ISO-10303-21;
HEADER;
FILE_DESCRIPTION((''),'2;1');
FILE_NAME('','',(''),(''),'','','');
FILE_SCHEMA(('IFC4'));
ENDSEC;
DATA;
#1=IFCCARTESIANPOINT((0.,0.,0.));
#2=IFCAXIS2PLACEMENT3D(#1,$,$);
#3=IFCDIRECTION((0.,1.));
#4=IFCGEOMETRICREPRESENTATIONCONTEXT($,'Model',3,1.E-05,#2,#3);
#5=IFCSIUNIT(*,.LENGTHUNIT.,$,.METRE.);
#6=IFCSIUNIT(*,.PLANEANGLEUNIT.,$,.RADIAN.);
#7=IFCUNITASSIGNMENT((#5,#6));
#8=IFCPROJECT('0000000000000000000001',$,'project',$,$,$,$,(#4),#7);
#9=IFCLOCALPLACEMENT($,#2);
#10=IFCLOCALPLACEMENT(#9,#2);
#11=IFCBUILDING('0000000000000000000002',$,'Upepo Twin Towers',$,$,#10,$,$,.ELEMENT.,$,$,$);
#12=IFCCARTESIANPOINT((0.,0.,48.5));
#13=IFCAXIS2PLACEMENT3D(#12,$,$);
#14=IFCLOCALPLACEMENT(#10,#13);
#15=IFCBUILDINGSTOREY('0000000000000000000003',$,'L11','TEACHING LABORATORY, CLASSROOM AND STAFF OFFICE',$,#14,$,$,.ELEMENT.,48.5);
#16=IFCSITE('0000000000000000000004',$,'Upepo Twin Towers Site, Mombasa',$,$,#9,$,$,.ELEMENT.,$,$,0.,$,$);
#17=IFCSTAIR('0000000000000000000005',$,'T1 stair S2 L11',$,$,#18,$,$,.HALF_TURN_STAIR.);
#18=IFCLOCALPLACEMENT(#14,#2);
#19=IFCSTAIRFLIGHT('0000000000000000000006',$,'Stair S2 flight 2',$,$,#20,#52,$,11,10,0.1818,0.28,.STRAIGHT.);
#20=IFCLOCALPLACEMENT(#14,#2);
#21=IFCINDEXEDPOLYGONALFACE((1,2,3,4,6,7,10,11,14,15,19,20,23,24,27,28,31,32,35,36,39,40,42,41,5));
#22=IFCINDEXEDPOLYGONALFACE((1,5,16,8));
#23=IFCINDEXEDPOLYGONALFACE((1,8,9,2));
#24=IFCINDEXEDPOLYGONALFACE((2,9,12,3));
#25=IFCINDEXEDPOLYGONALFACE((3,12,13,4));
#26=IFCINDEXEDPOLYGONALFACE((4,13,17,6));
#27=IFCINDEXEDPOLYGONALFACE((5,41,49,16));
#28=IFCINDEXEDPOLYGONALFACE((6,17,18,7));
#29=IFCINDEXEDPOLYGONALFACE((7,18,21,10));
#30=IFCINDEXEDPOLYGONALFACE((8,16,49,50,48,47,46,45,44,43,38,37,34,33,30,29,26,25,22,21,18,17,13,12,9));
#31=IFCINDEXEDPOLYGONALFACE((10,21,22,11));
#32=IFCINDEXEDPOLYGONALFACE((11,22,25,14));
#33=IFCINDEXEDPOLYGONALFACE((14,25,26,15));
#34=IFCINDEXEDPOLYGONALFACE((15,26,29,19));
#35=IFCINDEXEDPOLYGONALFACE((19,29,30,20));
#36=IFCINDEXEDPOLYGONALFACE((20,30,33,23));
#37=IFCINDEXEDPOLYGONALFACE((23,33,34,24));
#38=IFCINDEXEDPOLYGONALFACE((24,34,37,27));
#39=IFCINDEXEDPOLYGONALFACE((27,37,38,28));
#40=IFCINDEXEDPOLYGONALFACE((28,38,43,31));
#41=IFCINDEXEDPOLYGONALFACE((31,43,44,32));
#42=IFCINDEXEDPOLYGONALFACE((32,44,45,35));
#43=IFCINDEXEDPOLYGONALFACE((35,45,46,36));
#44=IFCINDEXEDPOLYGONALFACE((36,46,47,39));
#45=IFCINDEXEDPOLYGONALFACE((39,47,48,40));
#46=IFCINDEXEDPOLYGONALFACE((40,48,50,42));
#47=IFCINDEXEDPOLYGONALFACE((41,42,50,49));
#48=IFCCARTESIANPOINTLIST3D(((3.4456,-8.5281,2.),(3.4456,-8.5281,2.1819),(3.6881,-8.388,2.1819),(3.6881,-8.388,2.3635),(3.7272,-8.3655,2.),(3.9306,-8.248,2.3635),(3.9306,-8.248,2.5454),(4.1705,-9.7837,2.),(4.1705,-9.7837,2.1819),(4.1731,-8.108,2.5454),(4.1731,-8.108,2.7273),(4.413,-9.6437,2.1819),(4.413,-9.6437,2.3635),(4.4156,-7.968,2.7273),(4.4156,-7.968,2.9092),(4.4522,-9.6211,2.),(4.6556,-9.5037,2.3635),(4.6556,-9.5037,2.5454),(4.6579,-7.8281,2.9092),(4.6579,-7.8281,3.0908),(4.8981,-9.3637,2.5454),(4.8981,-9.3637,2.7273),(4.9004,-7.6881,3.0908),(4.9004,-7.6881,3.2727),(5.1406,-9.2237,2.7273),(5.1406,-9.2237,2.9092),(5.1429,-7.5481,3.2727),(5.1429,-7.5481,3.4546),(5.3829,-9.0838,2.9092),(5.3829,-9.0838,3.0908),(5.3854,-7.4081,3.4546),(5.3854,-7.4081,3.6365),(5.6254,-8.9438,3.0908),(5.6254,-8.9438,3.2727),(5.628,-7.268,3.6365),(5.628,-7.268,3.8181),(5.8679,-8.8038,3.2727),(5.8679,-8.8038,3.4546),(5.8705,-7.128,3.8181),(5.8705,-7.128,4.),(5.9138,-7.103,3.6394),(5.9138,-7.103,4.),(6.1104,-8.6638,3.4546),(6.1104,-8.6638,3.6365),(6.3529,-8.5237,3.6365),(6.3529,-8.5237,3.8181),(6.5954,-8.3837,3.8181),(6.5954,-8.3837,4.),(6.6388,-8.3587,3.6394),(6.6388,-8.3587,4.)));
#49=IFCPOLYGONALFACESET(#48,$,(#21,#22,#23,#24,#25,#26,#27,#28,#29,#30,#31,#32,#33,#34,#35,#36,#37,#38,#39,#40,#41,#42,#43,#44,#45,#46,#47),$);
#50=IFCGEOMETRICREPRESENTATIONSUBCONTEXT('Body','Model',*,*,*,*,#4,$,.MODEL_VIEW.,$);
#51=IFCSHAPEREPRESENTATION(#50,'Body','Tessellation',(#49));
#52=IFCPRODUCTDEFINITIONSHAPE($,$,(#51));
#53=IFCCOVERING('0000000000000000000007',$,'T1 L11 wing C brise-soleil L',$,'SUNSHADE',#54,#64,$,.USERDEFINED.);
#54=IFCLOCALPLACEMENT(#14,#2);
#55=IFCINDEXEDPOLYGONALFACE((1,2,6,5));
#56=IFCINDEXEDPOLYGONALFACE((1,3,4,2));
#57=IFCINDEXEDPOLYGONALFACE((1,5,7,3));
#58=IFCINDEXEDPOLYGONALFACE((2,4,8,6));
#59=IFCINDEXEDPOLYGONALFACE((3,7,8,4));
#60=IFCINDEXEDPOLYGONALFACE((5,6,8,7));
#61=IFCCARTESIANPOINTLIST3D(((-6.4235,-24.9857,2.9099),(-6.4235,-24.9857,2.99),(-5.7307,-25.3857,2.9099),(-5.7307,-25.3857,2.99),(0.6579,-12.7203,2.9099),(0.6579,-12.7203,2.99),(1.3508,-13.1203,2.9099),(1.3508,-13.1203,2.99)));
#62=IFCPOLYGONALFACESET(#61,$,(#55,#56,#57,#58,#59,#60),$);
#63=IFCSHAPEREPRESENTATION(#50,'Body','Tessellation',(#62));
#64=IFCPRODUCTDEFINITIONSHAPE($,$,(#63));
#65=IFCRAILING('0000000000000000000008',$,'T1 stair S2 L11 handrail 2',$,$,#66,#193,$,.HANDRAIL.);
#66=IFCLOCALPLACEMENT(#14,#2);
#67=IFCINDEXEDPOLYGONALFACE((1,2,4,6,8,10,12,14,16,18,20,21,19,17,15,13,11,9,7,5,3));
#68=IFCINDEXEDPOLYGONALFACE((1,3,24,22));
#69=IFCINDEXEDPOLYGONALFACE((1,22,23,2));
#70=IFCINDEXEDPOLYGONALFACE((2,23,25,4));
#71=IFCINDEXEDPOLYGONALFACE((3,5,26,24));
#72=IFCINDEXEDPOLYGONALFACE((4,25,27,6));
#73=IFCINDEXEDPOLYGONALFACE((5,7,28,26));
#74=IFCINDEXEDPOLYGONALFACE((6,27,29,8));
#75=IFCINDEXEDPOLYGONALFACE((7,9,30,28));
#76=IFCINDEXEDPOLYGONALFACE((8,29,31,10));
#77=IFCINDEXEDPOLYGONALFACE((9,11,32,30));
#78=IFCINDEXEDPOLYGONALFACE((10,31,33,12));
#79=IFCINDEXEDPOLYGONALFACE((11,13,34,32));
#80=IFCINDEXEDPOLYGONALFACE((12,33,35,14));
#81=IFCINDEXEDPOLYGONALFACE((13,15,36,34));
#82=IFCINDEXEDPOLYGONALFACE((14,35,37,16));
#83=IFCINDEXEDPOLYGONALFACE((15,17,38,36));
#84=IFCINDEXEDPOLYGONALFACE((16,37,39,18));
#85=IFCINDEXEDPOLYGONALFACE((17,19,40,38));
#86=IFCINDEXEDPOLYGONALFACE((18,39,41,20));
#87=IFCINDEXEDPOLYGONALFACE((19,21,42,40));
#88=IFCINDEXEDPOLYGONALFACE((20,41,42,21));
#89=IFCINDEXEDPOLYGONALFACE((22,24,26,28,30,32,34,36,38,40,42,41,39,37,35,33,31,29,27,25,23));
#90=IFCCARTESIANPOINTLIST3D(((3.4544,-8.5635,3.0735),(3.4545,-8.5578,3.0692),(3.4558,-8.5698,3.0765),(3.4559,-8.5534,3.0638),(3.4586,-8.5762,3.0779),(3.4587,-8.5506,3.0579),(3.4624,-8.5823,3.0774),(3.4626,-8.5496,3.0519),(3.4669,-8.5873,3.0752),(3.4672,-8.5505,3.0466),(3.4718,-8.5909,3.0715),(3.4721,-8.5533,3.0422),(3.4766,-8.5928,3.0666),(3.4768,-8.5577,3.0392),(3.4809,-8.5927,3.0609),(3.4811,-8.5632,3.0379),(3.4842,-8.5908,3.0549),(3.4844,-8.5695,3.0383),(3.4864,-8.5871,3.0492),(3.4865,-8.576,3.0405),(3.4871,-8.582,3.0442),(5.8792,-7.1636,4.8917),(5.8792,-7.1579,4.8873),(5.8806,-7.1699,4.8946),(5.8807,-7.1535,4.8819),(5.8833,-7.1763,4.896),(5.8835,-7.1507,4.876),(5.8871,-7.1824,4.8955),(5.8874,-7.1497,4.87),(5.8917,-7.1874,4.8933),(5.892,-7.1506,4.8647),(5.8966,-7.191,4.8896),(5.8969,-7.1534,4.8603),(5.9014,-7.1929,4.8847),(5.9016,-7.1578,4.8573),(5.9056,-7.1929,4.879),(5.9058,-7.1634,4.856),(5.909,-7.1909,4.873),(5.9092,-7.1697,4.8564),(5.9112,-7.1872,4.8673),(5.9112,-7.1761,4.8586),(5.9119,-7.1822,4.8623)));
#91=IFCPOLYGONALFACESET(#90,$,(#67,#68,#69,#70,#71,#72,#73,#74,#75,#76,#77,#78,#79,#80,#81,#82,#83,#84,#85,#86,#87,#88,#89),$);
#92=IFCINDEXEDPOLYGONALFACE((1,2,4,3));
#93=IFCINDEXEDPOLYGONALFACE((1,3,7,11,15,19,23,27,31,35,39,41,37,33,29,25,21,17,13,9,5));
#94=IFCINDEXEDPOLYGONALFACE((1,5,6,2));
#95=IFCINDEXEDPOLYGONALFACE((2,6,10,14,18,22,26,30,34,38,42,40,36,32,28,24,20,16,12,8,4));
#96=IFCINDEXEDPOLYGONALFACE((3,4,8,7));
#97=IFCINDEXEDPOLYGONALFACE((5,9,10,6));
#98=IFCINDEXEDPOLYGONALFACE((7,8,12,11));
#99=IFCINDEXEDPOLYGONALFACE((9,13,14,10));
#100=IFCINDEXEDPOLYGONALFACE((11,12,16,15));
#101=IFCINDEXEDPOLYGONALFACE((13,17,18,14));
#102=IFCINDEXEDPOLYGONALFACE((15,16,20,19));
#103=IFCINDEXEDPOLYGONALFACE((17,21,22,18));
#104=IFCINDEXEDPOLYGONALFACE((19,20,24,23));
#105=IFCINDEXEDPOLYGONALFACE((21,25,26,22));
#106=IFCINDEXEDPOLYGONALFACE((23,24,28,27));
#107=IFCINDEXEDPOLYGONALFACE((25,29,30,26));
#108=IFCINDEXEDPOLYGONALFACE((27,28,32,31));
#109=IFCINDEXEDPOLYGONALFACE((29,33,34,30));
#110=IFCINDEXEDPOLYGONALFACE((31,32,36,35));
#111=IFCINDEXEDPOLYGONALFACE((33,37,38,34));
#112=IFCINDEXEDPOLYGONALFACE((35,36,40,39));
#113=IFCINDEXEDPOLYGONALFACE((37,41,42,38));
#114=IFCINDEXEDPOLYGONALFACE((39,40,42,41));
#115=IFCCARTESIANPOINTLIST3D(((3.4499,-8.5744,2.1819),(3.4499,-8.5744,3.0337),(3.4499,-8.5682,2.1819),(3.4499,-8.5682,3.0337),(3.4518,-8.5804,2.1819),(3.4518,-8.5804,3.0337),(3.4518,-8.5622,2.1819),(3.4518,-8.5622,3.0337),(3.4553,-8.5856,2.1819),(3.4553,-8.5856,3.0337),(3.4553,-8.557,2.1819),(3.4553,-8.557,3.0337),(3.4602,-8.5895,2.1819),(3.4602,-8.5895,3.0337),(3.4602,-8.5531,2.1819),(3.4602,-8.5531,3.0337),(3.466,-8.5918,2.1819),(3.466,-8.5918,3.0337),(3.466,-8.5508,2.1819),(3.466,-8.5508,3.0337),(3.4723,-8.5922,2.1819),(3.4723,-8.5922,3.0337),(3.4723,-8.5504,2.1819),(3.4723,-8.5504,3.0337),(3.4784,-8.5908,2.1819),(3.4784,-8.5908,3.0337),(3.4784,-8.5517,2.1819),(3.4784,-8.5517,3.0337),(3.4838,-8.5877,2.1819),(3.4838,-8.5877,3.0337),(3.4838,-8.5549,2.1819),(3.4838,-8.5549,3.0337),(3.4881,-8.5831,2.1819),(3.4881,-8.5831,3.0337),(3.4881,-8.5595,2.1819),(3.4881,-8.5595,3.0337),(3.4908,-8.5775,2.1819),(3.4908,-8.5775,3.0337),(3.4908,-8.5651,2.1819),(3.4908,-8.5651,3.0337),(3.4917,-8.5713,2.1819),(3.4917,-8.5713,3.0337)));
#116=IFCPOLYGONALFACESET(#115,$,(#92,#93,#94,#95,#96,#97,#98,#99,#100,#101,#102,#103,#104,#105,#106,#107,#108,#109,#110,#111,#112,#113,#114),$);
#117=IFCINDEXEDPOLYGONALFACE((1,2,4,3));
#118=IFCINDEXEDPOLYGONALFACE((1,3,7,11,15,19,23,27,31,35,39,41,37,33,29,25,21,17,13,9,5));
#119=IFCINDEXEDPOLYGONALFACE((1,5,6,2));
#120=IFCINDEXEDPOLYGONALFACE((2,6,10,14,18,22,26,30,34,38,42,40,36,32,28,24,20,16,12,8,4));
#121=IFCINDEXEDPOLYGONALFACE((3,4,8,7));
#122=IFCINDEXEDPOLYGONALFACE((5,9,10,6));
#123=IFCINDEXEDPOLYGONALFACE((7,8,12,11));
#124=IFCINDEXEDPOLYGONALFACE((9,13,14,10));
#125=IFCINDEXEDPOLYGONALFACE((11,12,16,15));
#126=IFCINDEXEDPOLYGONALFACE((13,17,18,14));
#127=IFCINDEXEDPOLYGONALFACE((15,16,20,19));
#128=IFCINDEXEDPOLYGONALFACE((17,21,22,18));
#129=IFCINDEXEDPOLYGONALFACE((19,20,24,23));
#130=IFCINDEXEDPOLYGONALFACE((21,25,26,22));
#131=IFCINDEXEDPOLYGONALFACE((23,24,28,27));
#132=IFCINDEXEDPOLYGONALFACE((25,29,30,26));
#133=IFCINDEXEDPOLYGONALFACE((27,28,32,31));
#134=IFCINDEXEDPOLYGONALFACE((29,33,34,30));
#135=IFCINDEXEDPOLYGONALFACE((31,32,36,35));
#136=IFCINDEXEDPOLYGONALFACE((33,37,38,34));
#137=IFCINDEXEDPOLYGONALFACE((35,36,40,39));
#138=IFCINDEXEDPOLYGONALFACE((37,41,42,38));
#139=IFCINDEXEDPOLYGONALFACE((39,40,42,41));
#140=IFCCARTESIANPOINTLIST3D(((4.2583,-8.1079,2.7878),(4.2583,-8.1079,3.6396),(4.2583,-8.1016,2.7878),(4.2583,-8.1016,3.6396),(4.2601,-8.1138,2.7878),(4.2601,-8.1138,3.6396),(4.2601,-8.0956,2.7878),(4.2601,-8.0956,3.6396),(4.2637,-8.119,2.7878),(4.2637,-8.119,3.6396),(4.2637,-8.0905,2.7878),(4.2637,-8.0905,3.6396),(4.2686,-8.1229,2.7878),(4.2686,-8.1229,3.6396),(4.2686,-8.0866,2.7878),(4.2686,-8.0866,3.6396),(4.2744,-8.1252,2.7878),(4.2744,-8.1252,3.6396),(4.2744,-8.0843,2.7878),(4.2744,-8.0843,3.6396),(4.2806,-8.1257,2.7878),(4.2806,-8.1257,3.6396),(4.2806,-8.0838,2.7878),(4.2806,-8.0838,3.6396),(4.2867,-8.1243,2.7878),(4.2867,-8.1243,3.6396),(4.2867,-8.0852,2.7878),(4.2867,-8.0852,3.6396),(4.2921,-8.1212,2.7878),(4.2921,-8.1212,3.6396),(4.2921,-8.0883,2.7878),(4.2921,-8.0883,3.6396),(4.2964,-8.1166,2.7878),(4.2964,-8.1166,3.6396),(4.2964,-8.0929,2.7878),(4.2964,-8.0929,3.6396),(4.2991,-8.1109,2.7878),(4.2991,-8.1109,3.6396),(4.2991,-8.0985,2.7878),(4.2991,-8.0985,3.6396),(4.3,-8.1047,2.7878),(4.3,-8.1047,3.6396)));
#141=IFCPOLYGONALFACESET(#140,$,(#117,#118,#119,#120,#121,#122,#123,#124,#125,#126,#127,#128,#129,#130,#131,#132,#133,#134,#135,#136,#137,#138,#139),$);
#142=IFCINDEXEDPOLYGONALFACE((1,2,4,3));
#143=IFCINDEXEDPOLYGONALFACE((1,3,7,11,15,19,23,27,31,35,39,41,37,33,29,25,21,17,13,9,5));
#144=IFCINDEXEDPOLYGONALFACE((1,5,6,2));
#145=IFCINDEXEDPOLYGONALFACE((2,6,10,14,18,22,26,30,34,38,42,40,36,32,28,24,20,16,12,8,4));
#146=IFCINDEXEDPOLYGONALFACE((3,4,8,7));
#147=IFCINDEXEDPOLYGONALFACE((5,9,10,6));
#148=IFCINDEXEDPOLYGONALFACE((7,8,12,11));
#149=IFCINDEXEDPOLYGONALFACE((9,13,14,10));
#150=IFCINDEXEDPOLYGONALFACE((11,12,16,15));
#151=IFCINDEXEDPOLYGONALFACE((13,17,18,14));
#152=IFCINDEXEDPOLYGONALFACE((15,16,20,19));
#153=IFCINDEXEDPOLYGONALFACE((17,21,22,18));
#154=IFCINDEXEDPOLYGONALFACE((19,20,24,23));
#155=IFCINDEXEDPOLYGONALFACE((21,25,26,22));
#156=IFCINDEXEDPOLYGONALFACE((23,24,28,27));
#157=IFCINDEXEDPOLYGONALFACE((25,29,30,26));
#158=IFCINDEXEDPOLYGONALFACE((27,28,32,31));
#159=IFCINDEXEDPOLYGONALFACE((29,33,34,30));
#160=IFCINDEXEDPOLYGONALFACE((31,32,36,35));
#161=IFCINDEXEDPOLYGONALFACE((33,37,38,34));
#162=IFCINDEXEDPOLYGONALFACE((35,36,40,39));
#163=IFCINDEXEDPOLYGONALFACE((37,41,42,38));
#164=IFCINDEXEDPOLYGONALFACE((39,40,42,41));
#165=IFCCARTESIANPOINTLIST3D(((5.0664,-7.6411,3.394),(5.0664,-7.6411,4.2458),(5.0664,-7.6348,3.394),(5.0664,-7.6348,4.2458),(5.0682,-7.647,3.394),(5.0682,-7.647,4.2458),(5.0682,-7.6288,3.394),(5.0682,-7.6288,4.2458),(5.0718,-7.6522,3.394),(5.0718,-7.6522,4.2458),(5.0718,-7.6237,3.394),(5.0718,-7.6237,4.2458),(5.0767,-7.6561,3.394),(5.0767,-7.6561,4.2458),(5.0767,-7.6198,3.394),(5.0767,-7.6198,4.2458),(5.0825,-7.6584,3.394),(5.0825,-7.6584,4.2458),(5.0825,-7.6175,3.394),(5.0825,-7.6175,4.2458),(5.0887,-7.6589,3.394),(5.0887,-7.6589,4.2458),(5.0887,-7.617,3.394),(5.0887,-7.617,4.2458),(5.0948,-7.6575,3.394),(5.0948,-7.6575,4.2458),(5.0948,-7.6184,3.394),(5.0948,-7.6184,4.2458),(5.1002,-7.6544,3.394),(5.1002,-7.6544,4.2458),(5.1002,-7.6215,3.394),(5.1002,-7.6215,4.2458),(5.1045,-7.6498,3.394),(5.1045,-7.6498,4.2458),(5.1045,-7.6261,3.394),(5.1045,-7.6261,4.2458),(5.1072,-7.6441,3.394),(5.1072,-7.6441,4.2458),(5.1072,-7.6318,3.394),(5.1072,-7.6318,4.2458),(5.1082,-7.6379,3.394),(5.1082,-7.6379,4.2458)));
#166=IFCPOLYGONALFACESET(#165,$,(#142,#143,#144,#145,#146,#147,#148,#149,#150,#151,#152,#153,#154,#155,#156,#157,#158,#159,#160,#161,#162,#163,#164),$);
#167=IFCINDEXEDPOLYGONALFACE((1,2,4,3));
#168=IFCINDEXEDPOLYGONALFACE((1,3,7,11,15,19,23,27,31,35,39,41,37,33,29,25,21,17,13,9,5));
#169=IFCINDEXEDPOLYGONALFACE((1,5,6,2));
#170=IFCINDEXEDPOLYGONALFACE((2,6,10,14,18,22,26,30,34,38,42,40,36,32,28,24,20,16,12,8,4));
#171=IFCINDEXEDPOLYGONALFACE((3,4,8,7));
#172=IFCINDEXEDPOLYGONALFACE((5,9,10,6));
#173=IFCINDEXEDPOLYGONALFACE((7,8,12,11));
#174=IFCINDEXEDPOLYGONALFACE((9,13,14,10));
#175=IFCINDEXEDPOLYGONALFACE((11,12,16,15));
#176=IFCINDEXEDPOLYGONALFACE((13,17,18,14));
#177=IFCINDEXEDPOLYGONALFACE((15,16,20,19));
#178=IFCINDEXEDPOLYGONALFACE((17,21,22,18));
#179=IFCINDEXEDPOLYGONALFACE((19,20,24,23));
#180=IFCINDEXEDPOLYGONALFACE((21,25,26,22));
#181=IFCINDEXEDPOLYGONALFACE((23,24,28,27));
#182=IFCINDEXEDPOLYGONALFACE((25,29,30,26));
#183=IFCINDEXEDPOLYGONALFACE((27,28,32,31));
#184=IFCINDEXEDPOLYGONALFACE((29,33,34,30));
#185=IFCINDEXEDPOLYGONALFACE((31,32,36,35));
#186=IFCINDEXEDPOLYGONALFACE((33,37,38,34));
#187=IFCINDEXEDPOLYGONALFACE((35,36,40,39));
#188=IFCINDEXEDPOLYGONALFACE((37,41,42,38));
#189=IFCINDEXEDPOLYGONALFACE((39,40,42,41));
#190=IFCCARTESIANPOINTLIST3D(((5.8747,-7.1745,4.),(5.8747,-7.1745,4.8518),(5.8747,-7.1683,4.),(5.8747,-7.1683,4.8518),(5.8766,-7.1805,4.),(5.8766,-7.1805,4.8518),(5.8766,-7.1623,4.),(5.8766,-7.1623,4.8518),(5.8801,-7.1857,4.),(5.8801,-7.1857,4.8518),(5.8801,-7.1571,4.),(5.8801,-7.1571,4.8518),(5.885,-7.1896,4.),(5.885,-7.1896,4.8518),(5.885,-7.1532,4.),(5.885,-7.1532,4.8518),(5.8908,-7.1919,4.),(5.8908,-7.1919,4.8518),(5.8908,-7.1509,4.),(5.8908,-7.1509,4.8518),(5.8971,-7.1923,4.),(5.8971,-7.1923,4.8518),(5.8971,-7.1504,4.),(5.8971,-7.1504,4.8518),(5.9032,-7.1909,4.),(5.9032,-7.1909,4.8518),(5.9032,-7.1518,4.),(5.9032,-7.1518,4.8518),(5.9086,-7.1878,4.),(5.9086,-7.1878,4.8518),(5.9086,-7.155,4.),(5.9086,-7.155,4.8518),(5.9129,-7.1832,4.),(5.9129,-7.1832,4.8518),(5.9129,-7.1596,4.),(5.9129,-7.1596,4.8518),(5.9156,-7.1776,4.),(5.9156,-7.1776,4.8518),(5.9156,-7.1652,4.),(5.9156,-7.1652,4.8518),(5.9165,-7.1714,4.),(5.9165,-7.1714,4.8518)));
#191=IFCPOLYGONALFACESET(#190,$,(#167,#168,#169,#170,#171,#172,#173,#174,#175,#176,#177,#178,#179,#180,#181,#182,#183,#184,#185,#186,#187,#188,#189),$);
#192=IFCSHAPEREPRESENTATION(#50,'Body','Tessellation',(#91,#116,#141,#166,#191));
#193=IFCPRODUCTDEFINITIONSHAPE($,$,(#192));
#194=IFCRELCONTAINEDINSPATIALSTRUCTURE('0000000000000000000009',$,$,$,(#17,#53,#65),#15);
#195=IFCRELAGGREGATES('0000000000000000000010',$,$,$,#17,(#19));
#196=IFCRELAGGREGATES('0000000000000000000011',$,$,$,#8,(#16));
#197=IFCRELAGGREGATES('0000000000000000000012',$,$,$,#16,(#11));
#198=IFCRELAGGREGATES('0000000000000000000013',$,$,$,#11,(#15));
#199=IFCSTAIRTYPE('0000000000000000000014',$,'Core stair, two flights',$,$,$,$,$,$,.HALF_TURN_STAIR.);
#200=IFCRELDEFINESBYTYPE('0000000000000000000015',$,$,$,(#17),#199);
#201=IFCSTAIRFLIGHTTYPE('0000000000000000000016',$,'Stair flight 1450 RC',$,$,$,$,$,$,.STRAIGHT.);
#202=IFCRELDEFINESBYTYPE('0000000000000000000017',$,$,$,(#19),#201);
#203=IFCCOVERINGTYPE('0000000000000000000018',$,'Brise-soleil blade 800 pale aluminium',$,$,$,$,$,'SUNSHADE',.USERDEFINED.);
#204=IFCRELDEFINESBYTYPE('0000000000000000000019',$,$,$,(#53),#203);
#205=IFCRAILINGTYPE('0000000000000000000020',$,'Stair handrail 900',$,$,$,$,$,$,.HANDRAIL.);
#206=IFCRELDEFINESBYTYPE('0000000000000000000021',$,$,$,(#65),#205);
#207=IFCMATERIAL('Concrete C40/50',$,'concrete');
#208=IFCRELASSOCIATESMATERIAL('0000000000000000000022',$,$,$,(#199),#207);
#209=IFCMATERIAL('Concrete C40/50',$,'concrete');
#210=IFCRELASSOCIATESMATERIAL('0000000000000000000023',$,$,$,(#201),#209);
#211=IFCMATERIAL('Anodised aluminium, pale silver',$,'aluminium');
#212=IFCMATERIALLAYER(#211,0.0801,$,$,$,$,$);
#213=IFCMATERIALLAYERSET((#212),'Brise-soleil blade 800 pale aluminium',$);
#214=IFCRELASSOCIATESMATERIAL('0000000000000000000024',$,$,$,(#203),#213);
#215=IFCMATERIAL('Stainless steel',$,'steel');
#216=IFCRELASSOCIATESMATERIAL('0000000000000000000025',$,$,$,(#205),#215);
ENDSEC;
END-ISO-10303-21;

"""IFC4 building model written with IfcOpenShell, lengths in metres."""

from ifc_helpers import new_model, si_unit, direction, frame, origin, origin_2d, place, context, subcontext, project, spatial, polyline, rectangle, circle, outline, extrude, material, layer, layer_set, type_object, element, aggregate, save


model = new_model("IFC4")

# Units and contexts
model_context = context("Model", 3, precision=1e-05, world=origin(), true_north=direction((0.0, 1.0)))
body_context = subcontext(model_context, "Body", "Model", "MODEL_VIEW")
ifc_project = project(units=[si_unit("LENGTHUNIT", "METRE"), si_unit("PLANEANGLEUNIT", "RADIAN")], contexts=[model_context])

# Site, building, storey
site_placement = place(None, origin())
site = spatial("IfcSite", under=ifc_project, at=site_placement, Name="Upepo Twin Towers Site, Mombasa", CompositionType="ELEMENT", RefElevation=0.0)
building_placement = place(site_placement, origin())
building = spatial("IfcBuilding", under=site, at=building_placement, Name="Upepo Twin Towers", CompositionType="ELEMENT")
storey_placement = place(building_placement, frame((0.0, 0.0, 48.5)))
storey = spatial("IfcBuildingStorey", under=building, at=storey_placement, Name="L11", Description="TEACHING LABORATORY, CLASSROOM AND STAFF OFFICE", CompositionType="ELEMENT", Elevation=48.5)

# Stair, stair flight
ifc_material_1 = material(Name="Concrete C40/50", Category="concrete")
stair_type = type_object("IfcStairType", Name="Core stair, two flights", PredefinedType="HALF_TURN_STAIR", material=ifc_material_1)
stair_placement = place(storey_placement, origin())
stair = element("IfcStair", 1, at=stair_placement, inside=storey, type_object=stair_type, Name="T1 stair S2 L11", PredefinedType="HALF_TURN_STAIR")
ifc_material_2 = material(Name="Concrete C40/50", Category="concrete")
stair_flight_type = type_object("IfcStairFlightType", Name="Stair flight 1450 RC", PredefinedType="STRAIGHT", material=ifc_material_2)
stair_flight_placement = place(storey_placement, frame((3.8081, -9.156, 2.0), z_axis=(0.0, 0.0, 1.0), x_axis=(0.866025, 0.5, 0.0)))
stair_flight = element("IfcStairFlight", 2, at=stair_flight_placement, type_object=stair_flight_type, Name="Stair S2 flight 2", NumberOfRisers=11, NumberOfTreads=10, PredefinedType="STRAIGHT", RiserHeight=0.1818, TreadLength=0.28, context=body_context, shape_type="SweptSolid", body=[
    extrude(outline(polyline([(0.0, 0.0), (0.0, 0.1819), (0.28, 0.1819), (0.28, 0.3635), (0.5601, 0.3635), (0.5601, 0.5454), (0.8401, 0.5454), (0.8401, 0.7273), (1.1201, 0.7273), (1.1201, 0.9092), (1.3999, 0.9092), (1.3999, 1.0908), (1.6799, 1.0908), (1.6799, 1.2727), (1.96, 1.2727), (1.96, 1.4546), (2.24, 1.4546), (2.24, 1.6365), (2.52, 1.6365), (2.52, 1.8181), (2.8, 1.8181), (2.8, 2.0), (2.8501, 2.0), (2.8501, 1.6394), (0.3252, 0.0), (0.0, 0.0)])), frame((0.0, 0.7251, 0.0), z_axis=(0.0, -1.0, 0.0), x_axis=(1.0, 0.0, 0.0)), (0.0, 0.0, 1.0), 1.45),
])
aggregate(stair, [stair_flight])

# Covering
ifc_material_3 = material(Name="Anodised aluminium, pale silver", Category="aluminium")
ifc_layer_1 = layer(ifc_material_3, 0.0801)
ifc_layer_set_1 = layer_set([ifc_layer_1], Name="Brise-soleil blade 800 pale aluminium")
covering_type = type_object("IfcCoveringType", Name="Brise-soleil blade 800 pale aluminium", ElementType="SUNSHADE", PredefinedType="USERDEFINED", material=ifc_layer_set_1)
covering_placement = place(storey_placement, frame((-2.5364, -19.053, 2.9099), z_axis=(0.0, 0.0, 1.0), x_axis=(-0.5, -0.866025, 0.0)))
element("IfcCovering", 3, at=covering_placement, inside=storey, type_object=covering_type, Name="T1 L11 wing C brise-soleil L", ObjectType="SUNSHADE", PredefinedType="USERDEFINED", context=body_context, shape_type="SweptSolid", body=[
    extrude(rectangle(XDim=14.1628, YDim=0.8, at=origin_2d()), origin(), (0.0, 0.0, 1.0), 0.0801),
])

# Railing
ifc_material_4 = material(Name="Stainless steel", Category="steel")
railing_type = type_object("IfcRailingType", Name="Stair handrail 900", PredefinedType="HANDRAIL", material=ifc_material_4)
railing_placement = place(storey_placement, frame((3.4707, -8.5713, 2.1819)))
element("IfcRailing", 4, at=railing_placement, inside=storey, type_object=railing_type, Name="T1 stair S2 L11 handrail 2", PredefinedType="HANDRAIL", context=body_context, shape_type="SweptSolid", body=[
    extrude(circle(Radius=0.0239, at=origin_2d()), frame((0.0, 0.0, 0.876), z_axis=(0.726336, 0.419333, 0.544606), x_axis=(-0.499984, 0.866035, 0.0)), (0.0, 0.0, 1.0), 3.3384),
    extrude(circle(Radius=0.021, at=origin_2d()), origin(), (0.0, 0.0, 1.0), 0.8518),
    extrude(circle(Radius=0.021, at=origin_2d()), frame((0.8083, 0.4666, 0.606)), (0.0, 0.0, 1.0), 0.8518),
    extrude(circle(Radius=0.021, at=origin_2d()), frame((1.6165, 0.9333, 1.2122)), (0.0, 0.0, 1.0), 0.8518),
    extrude(circle(Radius=0.021, at=origin_2d()), frame((2.4248, 1.3999, 1.8181)), (0.0, 0.0, 1.0), 0.8518),
])

save(model, "model.ifc")
